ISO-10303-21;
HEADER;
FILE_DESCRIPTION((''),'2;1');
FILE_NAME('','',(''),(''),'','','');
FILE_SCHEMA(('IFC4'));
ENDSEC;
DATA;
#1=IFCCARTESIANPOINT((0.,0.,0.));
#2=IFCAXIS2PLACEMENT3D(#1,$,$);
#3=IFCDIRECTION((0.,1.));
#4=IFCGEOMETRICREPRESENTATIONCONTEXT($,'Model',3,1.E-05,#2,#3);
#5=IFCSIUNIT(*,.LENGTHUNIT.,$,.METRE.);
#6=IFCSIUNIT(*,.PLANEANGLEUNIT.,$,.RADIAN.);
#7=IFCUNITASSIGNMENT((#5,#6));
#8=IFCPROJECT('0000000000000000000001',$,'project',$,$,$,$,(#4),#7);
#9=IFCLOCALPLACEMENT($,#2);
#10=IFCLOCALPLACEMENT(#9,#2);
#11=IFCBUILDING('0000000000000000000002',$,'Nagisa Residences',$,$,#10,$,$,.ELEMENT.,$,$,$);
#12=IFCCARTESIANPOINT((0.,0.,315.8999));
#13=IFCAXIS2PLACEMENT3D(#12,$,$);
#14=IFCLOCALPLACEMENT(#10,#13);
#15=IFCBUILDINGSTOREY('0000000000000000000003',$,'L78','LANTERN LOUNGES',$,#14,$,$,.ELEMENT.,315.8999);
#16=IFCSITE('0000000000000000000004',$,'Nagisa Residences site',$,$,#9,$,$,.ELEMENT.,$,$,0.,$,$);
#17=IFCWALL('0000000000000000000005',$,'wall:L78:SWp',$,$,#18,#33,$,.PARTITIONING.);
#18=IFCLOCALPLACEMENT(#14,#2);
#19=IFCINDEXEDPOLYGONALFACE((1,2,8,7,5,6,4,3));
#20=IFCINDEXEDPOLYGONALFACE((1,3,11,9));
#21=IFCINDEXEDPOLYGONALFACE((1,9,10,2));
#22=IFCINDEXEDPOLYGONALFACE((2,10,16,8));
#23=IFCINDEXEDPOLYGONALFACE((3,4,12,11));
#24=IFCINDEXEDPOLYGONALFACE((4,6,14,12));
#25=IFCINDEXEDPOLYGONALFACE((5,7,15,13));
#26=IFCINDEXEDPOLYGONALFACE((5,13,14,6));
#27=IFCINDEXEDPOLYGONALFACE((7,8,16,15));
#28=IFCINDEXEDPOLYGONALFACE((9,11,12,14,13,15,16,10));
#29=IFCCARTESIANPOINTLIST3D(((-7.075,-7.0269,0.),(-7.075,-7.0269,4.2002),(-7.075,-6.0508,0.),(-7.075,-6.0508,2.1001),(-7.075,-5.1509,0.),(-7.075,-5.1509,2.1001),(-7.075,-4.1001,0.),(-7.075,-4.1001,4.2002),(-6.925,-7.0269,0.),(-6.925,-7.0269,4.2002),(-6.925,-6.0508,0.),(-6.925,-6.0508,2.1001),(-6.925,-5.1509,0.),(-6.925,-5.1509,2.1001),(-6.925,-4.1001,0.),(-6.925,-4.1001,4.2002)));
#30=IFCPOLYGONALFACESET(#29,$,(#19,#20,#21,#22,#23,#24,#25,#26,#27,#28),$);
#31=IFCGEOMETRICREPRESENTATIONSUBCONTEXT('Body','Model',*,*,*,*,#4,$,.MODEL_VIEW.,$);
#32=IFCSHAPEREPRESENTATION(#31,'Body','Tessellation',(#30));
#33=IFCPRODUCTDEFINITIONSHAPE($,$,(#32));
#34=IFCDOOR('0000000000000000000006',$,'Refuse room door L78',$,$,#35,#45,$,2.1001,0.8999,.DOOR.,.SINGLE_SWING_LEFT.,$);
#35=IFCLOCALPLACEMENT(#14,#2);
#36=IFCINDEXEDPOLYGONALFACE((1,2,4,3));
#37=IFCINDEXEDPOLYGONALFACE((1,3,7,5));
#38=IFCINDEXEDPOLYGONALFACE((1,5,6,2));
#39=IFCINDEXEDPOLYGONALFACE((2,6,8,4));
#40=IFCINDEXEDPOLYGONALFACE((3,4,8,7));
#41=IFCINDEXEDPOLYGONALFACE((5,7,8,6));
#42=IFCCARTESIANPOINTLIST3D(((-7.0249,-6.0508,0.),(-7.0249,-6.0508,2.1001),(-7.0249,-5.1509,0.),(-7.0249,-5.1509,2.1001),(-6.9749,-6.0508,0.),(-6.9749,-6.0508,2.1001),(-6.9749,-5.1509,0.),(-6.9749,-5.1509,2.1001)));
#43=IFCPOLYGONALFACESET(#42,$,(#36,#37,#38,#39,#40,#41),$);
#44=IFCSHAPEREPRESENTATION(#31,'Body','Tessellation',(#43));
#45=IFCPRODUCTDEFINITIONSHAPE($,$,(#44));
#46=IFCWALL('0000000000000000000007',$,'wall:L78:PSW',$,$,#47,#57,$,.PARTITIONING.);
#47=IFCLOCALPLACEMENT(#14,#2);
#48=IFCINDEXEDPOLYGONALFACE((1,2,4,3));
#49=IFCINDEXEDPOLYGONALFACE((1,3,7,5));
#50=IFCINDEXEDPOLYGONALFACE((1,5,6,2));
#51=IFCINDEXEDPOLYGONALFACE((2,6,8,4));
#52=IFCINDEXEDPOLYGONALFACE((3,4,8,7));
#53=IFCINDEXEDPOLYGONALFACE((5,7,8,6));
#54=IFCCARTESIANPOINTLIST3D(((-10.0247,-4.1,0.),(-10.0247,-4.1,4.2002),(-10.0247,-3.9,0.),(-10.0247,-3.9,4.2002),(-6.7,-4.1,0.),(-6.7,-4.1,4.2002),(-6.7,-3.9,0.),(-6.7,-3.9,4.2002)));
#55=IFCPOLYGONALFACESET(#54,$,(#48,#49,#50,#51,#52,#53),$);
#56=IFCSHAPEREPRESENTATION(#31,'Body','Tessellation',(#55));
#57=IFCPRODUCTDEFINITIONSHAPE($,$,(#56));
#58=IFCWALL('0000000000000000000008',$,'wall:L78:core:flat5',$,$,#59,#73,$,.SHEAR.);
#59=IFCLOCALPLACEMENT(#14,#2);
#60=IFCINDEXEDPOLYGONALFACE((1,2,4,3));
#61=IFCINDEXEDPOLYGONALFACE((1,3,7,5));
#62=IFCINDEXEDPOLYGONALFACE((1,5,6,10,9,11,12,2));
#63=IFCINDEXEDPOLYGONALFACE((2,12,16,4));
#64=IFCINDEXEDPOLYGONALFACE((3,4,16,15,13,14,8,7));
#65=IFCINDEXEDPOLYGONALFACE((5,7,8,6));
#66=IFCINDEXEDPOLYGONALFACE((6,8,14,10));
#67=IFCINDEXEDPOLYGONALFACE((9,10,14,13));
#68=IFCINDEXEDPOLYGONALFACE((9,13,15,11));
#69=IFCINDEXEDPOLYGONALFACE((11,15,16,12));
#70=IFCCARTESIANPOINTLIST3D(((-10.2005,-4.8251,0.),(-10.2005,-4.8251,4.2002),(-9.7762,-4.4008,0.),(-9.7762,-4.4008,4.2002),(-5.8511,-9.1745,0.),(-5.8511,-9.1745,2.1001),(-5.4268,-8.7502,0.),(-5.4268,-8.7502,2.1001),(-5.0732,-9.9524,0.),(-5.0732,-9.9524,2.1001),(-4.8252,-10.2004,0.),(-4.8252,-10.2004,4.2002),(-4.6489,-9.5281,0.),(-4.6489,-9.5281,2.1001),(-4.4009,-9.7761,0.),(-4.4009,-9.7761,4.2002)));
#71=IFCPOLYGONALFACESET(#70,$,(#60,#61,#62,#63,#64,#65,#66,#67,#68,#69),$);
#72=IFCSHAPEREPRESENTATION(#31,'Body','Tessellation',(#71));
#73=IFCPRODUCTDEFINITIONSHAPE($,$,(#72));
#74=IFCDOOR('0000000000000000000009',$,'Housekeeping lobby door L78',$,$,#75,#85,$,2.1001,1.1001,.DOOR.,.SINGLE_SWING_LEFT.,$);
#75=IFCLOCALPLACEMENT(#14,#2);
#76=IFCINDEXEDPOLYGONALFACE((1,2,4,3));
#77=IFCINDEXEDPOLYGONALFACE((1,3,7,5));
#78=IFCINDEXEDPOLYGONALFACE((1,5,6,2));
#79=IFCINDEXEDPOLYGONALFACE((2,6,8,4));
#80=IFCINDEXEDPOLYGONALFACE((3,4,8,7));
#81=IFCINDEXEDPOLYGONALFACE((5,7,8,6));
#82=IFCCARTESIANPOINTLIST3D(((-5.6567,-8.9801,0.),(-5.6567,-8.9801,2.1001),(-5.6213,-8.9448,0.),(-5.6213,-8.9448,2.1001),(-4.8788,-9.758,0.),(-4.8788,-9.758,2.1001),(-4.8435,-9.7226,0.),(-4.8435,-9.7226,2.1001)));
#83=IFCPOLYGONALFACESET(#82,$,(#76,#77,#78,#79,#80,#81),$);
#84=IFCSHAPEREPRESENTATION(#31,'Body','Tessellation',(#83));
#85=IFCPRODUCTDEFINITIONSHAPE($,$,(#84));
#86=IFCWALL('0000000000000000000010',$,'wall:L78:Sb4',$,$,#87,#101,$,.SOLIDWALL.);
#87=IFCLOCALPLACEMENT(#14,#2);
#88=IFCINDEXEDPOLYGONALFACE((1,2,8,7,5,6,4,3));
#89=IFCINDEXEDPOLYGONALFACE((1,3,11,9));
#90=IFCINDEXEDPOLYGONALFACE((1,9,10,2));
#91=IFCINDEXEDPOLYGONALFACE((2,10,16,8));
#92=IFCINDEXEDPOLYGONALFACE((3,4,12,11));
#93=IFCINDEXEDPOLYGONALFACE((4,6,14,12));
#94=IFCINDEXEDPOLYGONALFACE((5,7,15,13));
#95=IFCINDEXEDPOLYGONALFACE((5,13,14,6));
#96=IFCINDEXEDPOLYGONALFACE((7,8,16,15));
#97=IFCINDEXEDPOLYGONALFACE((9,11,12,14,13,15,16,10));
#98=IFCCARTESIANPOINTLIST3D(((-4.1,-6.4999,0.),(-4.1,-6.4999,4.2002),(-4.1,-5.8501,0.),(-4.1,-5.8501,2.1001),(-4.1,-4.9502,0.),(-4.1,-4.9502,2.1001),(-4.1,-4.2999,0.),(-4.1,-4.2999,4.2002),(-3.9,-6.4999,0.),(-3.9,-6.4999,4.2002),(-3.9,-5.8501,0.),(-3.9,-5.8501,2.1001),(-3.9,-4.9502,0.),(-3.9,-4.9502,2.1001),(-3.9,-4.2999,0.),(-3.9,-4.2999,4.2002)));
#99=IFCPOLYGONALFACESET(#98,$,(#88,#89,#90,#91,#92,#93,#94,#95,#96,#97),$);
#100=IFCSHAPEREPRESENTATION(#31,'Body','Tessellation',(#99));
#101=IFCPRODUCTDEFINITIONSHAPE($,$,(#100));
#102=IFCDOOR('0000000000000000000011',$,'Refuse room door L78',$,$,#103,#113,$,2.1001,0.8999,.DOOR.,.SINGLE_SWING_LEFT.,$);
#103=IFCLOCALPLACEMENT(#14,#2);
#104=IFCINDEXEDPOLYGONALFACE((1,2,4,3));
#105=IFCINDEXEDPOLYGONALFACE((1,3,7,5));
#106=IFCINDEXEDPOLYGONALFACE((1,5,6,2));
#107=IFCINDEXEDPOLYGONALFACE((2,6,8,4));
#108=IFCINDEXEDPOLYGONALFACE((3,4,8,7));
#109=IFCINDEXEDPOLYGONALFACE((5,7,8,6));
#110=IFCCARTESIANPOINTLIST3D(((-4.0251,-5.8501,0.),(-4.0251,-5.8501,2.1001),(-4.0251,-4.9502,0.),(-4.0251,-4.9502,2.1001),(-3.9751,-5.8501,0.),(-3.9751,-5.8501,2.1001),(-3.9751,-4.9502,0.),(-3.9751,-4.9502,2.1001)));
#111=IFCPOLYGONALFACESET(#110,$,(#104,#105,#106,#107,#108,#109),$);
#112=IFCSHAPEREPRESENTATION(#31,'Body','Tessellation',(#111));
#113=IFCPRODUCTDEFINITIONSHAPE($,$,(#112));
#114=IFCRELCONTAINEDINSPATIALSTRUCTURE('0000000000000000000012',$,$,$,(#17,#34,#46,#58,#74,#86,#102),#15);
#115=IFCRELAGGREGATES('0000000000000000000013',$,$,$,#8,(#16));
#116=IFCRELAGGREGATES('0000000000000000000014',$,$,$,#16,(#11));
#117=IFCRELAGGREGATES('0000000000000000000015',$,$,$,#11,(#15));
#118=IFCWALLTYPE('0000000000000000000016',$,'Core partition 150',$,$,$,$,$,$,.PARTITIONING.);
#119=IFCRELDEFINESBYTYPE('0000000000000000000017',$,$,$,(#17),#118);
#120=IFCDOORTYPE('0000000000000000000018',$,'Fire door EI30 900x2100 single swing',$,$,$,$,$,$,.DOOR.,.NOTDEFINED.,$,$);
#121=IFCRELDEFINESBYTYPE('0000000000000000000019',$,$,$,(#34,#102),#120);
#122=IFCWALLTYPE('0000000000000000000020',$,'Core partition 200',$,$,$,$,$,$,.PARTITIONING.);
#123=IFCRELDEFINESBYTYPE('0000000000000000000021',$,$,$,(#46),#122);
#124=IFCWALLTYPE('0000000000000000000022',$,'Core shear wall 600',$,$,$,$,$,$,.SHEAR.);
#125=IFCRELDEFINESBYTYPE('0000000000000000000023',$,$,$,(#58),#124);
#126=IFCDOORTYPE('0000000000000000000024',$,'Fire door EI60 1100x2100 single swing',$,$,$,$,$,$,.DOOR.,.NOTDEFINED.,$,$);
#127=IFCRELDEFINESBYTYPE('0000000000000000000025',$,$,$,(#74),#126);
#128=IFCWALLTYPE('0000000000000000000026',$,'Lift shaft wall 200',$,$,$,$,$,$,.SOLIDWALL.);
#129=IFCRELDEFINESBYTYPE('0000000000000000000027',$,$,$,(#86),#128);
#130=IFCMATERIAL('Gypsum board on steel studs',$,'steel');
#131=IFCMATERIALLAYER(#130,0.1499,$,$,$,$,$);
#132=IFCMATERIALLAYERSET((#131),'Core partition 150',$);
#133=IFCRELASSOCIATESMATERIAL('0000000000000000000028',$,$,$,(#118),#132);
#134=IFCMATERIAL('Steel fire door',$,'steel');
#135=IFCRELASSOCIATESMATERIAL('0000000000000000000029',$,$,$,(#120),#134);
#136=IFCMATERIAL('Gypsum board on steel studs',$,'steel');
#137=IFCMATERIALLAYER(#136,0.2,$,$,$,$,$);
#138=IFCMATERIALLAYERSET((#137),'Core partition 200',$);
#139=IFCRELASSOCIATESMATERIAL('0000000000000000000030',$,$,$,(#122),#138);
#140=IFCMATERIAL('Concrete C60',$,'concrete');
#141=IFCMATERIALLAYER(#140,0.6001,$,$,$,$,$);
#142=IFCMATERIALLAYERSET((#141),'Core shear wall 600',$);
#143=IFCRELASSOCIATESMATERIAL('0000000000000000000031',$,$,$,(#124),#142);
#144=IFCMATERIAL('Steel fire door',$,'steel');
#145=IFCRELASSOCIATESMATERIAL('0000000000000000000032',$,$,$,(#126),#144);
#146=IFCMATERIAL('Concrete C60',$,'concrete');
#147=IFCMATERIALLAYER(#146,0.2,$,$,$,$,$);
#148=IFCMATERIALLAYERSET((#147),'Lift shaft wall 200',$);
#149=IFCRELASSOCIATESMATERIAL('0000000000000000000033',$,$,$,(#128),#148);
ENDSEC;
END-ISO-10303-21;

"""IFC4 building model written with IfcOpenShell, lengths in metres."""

from ifc_helpers import new_model, si_unit, direction, frame, frame_2d, origin, place, context, subcontext, project, spatial, rectangle, extrude, material, layer, layer_set, type_object, element, fill, save


model = new_model("IFC4")

# Units and contexts
model_context = context("Model", 3, precision=1e-05, world=origin(), true_north=direction((0.0, 1.0)))
body_context = subcontext(model_context, "Body", "Model", "MODEL_VIEW")
ifc_project = project(units=[si_unit("LENGTHUNIT", "METRE"), si_unit("PLANEANGLEUNIT", "RADIAN")], contexts=[model_context])

# Site, building, storey
site_placement = place(None, origin())
site = spatial("IfcSite", under=ifc_project, at=site_placement, Name="Nagisa Residences site", CompositionType="ELEMENT", RefElevation=0.0)
building_placement = place(site_placement, origin())
building = spatial("IfcBuilding", under=site, at=building_placement, Name="Nagisa Residences", CompositionType="ELEMENT")
storey_placement = place(building_placement, frame((0.0, 0.0, 315.8999)))
storey = spatial("IfcBuildingStorey", under=building, at=storey_placement, Name="L78", Description="LANTERN LOUNGES", CompositionType="ELEMENT", Elevation=315.8999)

# Wall, opening, door
ifc_material_1 = material(Name="Gypsum board on steel studs", Category="steel")
ifc_layer_1 = layer(ifc_material_1, 0.1499)
ifc_layer_set_1 = layer_set([ifc_layer_1], Name="Core partition 150")
wall_type_1 = type_object("IfcWallType", Name="Core partition 150", PredefinedType="PARTITIONING", material=ifc_layer_set_1)
wall_1_placement = place(storey_placement, frame((-7.0, -7.0269, 0.0), z_axis=(0.0, 0.0, 1.0), x_axis=(0.0, 1.0, 0.0)))
wall_1 = element("IfcWall", 1, at=wall_1_placement, inside=storey, type_object=wall_type_1, Name="wall:L78:SWp", PredefinedType="PARTITIONING", context=body_context, shape_type="SweptSolid", body=[
    extrude(rectangle(XDim=2.9268, YDim=0.1499, at=frame_2d((1.4634, 0.0))), origin(), (0.0, 0.0, 1.0), 4.2002),
])
opening_1_placement = place(wall_1_placement, frame((0.9761, 0.0, 0.0)))
opening_1 = element("IfcOpeningElement", 2, at=opening_1_placement, cuts=wall_1, PredefinedType="OPENING", context=body_context, shape_type="SweptSolid", body=[
    extrude(rectangle(XDim=0.8999, YDim=2.1001, at=frame_2d((0.45, 1.05))), frame((0.0, 0.085, 0.0), z_axis=(0.0, -1.0, 0.0), x_axis=(1.0, 0.0, 0.0)), (0.0, 0.0, 1.0), 0.1699),
])
ifc_material_2 = material(Name="Steel fire door", Category="steel")
door_type_1 = type_object("IfcDoorType", Name="Fire door EI30 900x2100 single swing", OperationType="NOTDEFINED", PredefinedType="DOOR", material=ifc_material_2)
door_1_placement = place(opening_1_placement, origin())
door_1 = element("IfcDoor", 3, at=door_1_placement, inside=storey, type_object=door_type_1, Name="Refuse room door L78", OperationType="SINGLE_SWING_LEFT", OverallHeight=2.1001, OverallWidth=0.8999, PredefinedType="DOOR", context=body_context, shape_type="SweptSolid", body=[
    extrude(rectangle(XDim=0.8999, YDim=2.1001, at=frame_2d((0.45, 1.05))), frame((0.0, 0.0249, 0.0), z_axis=(0.0, -1.0, 0.0), x_axis=(1.0, 0.0, 0.0)), (0.0, 0.0, 1.0), 0.05),
])
fill(opening_1, door_1)

# Wall
ifc_material_3 = material(Name="Gypsum board on steel studs", Category="steel")
ifc_layer_2 = layer(ifc_material_3, 0.2)
ifc_layer_set_2 = layer_set([ifc_layer_2], Name="Core partition 200")
wall_type_2 = type_object("IfcWallType", Name="Core partition 200", PredefinedType="PARTITIONING", material=ifc_layer_set_2)
wall_2_placement = place(storey_placement, frame((-10.0247, -4.0, 0.0), z_axis=(0.0, 0.0, 1.0), x_axis=(1.0, 0.0, 0.0)))
element("IfcWall", 4, at=wall_2_placement, inside=storey, type_object=wall_type_2, Name="wall:L78:PSW", PredefinedType="PARTITIONING", context=body_context, shape_type="SweptSolid", body=[
    extrude(rectangle(XDim=3.3247, YDim=0.2, at=frame_2d((1.6624, 0.0))), origin(), (0.0, 0.0, 1.0), 4.2002),
])

# Walls, openings, doors
ifc_material_4 = material(Name="Concrete C60", Category="concrete")
ifc_layer_3 = layer(ifc_material_4, 0.6001)
ifc_layer_set_3 = layer_set([ifc_layer_3], Name="Core shear wall 600")
wall_type_3 = type_object("IfcWallType", Name="Core shear wall 600", PredefinedType="SHEAR", material=ifc_layer_set_3)
wall_3_placement = place(storey_placement, frame((-9.9883, -4.613, 0.0), z_axis=(0.0, 0.0, 1.0), x_axis=(0.707107, -0.707107, 0.0)))
wall_3 = element("IfcWall", 5, at=wall_3_placement, inside=storey, type_object=wall_type_3, Name="wall:L78:core:flat5", PredefinedType="SHEAR", context=body_context, shape_type="SweptSolid", body=[
    extrude(rectangle(XDim=7.6018, YDim=0.6001, at=frame_2d((3.8008, 0.0))), origin(), (0.0, 0.0, 1.0), 4.2002),
])
opening_2_placement = place(wall_3_placement, frame((6.1509, 0.0, 0.0)))
opening_2 = element("IfcOpeningElement", 6, at=opening_2_placement, cuts=wall_3, PredefinedType="OPENING", context=body_context, shape_type="SweptSolid", body=[
    extrude(rectangle(XDim=1.1001, YDim=2.1001, at=frame_2d((0.55, 1.05))), frame((0.0, 0.3101, 0.0), z_axis=(0.0, -1.0, 0.0), x_axis=(1.0, 0.0, 0.0)), (0.0, 0.0, 1.0), 0.6201),
])
ifc_material_5 = material(Name="Steel fire door", Category="steel")
door_type_2 = type_object("IfcDoorType", Name="Fire door EI60 1100x2100 single swing", OperationType="NOTDEFINED", PredefinedType="DOOR", material=ifc_material_5)
door_2_placement = place(opening_2_placement, origin())
door_2 = element("IfcDoor", 7, at=door_2_placement, inside=storey, type_object=door_type_2, Name="Housekeeping lobby door L78", OperationType="SINGLE_SWING_LEFT", OverallHeight=2.1001, OverallWidth=1.1001, PredefinedType="DOOR", context=body_context, shape_type="SweptSolid", body=[
    extrude(rectangle(XDim=1.1001, YDim=2.1001, at=frame_2d((0.55, 1.05))), frame((0.0, 0.0249, 0.0), z_axis=(0.0, -1.0, 0.0), x_axis=(1.0, 0.0, 0.0)), (0.0, 0.0, 1.0), 0.05),
])
fill(opening_2, door_2)
ifc_material_6 = material(Name="Concrete C60", Category="concrete")
ifc_layer_4 = layer(ifc_material_6, 0.2)
ifc_layer_set_4 = layer_set([ifc_layer_4], Name="Lift shaft wall 200")
wall_type_4 = type_object("IfcWallType", Name="Lift shaft wall 200", PredefinedType="SOLIDWALL", material=ifc_layer_set_4)
wall_4_placement = place(storey_placement, frame((-4.0, -6.5, 0.0), z_axis=(0.0, 0.0, 1.0), x_axis=(0.0, 1.0, 0.0)))
wall_4 = element("IfcWall", 8, at=wall_4_placement, inside=storey, type_object=wall_type_4, Name="wall:L78:Sb4", PredefinedType="SOLIDWALL", context=body_context, shape_type="SweptSolid", body=[
    extrude(rectangle(XDim=2.2, YDim=0.2, at=frame_2d((1.1001, 0.0))), origin(), (0.0, 0.0, 1.0), 4.2002),
])
opening_3_placement = place(wall_4_placement, frame((0.6499, 0.0, 0.0)))
opening_3 = element("IfcOpeningElement", 9, at=opening_3_placement, cuts=wall_4, PredefinedType="OPENING", context=body_context, shape_type="SweptSolid", body=[
    extrude(rectangle(XDim=0.8999, YDim=2.1001, at=frame_2d((0.45, 1.05))), frame((0.0, 0.1099, 0.0), z_axis=(0.0, -1.0, 0.0), x_axis=(1.0, 0.0, 0.0)), (0.0, 0.0, 1.0), 0.22),
])
door_3_placement = place(opening_3_placement, frame((0.8999, 0.0, 0.0), x_axis=(-1.0, 0.0, 0.0)))
door_3 = element("IfcDoor", 10, at=door_3_placement, inside=storey, type_object=door_type_1, Name="Refuse room door L78", OperationType="SINGLE_SWING_LEFT", OverallHeight=2.1001, OverallWidth=0.8999, PredefinedType="DOOR", context=body_context, shape_type="SweptSolid", body=[
    extrude(rectangle(XDim=0.8999, YDim=2.1001, at=frame_2d((0.45, 1.05))), frame((0.0, 0.0249, 0.0), z_axis=(0.0, -1.0, 0.0), x_axis=(1.0, 0.0, 0.0)), (0.0, 0.0, 1.0), 0.05),
])
fill(opening_3, door_3)

save(model, "model.ifc")
